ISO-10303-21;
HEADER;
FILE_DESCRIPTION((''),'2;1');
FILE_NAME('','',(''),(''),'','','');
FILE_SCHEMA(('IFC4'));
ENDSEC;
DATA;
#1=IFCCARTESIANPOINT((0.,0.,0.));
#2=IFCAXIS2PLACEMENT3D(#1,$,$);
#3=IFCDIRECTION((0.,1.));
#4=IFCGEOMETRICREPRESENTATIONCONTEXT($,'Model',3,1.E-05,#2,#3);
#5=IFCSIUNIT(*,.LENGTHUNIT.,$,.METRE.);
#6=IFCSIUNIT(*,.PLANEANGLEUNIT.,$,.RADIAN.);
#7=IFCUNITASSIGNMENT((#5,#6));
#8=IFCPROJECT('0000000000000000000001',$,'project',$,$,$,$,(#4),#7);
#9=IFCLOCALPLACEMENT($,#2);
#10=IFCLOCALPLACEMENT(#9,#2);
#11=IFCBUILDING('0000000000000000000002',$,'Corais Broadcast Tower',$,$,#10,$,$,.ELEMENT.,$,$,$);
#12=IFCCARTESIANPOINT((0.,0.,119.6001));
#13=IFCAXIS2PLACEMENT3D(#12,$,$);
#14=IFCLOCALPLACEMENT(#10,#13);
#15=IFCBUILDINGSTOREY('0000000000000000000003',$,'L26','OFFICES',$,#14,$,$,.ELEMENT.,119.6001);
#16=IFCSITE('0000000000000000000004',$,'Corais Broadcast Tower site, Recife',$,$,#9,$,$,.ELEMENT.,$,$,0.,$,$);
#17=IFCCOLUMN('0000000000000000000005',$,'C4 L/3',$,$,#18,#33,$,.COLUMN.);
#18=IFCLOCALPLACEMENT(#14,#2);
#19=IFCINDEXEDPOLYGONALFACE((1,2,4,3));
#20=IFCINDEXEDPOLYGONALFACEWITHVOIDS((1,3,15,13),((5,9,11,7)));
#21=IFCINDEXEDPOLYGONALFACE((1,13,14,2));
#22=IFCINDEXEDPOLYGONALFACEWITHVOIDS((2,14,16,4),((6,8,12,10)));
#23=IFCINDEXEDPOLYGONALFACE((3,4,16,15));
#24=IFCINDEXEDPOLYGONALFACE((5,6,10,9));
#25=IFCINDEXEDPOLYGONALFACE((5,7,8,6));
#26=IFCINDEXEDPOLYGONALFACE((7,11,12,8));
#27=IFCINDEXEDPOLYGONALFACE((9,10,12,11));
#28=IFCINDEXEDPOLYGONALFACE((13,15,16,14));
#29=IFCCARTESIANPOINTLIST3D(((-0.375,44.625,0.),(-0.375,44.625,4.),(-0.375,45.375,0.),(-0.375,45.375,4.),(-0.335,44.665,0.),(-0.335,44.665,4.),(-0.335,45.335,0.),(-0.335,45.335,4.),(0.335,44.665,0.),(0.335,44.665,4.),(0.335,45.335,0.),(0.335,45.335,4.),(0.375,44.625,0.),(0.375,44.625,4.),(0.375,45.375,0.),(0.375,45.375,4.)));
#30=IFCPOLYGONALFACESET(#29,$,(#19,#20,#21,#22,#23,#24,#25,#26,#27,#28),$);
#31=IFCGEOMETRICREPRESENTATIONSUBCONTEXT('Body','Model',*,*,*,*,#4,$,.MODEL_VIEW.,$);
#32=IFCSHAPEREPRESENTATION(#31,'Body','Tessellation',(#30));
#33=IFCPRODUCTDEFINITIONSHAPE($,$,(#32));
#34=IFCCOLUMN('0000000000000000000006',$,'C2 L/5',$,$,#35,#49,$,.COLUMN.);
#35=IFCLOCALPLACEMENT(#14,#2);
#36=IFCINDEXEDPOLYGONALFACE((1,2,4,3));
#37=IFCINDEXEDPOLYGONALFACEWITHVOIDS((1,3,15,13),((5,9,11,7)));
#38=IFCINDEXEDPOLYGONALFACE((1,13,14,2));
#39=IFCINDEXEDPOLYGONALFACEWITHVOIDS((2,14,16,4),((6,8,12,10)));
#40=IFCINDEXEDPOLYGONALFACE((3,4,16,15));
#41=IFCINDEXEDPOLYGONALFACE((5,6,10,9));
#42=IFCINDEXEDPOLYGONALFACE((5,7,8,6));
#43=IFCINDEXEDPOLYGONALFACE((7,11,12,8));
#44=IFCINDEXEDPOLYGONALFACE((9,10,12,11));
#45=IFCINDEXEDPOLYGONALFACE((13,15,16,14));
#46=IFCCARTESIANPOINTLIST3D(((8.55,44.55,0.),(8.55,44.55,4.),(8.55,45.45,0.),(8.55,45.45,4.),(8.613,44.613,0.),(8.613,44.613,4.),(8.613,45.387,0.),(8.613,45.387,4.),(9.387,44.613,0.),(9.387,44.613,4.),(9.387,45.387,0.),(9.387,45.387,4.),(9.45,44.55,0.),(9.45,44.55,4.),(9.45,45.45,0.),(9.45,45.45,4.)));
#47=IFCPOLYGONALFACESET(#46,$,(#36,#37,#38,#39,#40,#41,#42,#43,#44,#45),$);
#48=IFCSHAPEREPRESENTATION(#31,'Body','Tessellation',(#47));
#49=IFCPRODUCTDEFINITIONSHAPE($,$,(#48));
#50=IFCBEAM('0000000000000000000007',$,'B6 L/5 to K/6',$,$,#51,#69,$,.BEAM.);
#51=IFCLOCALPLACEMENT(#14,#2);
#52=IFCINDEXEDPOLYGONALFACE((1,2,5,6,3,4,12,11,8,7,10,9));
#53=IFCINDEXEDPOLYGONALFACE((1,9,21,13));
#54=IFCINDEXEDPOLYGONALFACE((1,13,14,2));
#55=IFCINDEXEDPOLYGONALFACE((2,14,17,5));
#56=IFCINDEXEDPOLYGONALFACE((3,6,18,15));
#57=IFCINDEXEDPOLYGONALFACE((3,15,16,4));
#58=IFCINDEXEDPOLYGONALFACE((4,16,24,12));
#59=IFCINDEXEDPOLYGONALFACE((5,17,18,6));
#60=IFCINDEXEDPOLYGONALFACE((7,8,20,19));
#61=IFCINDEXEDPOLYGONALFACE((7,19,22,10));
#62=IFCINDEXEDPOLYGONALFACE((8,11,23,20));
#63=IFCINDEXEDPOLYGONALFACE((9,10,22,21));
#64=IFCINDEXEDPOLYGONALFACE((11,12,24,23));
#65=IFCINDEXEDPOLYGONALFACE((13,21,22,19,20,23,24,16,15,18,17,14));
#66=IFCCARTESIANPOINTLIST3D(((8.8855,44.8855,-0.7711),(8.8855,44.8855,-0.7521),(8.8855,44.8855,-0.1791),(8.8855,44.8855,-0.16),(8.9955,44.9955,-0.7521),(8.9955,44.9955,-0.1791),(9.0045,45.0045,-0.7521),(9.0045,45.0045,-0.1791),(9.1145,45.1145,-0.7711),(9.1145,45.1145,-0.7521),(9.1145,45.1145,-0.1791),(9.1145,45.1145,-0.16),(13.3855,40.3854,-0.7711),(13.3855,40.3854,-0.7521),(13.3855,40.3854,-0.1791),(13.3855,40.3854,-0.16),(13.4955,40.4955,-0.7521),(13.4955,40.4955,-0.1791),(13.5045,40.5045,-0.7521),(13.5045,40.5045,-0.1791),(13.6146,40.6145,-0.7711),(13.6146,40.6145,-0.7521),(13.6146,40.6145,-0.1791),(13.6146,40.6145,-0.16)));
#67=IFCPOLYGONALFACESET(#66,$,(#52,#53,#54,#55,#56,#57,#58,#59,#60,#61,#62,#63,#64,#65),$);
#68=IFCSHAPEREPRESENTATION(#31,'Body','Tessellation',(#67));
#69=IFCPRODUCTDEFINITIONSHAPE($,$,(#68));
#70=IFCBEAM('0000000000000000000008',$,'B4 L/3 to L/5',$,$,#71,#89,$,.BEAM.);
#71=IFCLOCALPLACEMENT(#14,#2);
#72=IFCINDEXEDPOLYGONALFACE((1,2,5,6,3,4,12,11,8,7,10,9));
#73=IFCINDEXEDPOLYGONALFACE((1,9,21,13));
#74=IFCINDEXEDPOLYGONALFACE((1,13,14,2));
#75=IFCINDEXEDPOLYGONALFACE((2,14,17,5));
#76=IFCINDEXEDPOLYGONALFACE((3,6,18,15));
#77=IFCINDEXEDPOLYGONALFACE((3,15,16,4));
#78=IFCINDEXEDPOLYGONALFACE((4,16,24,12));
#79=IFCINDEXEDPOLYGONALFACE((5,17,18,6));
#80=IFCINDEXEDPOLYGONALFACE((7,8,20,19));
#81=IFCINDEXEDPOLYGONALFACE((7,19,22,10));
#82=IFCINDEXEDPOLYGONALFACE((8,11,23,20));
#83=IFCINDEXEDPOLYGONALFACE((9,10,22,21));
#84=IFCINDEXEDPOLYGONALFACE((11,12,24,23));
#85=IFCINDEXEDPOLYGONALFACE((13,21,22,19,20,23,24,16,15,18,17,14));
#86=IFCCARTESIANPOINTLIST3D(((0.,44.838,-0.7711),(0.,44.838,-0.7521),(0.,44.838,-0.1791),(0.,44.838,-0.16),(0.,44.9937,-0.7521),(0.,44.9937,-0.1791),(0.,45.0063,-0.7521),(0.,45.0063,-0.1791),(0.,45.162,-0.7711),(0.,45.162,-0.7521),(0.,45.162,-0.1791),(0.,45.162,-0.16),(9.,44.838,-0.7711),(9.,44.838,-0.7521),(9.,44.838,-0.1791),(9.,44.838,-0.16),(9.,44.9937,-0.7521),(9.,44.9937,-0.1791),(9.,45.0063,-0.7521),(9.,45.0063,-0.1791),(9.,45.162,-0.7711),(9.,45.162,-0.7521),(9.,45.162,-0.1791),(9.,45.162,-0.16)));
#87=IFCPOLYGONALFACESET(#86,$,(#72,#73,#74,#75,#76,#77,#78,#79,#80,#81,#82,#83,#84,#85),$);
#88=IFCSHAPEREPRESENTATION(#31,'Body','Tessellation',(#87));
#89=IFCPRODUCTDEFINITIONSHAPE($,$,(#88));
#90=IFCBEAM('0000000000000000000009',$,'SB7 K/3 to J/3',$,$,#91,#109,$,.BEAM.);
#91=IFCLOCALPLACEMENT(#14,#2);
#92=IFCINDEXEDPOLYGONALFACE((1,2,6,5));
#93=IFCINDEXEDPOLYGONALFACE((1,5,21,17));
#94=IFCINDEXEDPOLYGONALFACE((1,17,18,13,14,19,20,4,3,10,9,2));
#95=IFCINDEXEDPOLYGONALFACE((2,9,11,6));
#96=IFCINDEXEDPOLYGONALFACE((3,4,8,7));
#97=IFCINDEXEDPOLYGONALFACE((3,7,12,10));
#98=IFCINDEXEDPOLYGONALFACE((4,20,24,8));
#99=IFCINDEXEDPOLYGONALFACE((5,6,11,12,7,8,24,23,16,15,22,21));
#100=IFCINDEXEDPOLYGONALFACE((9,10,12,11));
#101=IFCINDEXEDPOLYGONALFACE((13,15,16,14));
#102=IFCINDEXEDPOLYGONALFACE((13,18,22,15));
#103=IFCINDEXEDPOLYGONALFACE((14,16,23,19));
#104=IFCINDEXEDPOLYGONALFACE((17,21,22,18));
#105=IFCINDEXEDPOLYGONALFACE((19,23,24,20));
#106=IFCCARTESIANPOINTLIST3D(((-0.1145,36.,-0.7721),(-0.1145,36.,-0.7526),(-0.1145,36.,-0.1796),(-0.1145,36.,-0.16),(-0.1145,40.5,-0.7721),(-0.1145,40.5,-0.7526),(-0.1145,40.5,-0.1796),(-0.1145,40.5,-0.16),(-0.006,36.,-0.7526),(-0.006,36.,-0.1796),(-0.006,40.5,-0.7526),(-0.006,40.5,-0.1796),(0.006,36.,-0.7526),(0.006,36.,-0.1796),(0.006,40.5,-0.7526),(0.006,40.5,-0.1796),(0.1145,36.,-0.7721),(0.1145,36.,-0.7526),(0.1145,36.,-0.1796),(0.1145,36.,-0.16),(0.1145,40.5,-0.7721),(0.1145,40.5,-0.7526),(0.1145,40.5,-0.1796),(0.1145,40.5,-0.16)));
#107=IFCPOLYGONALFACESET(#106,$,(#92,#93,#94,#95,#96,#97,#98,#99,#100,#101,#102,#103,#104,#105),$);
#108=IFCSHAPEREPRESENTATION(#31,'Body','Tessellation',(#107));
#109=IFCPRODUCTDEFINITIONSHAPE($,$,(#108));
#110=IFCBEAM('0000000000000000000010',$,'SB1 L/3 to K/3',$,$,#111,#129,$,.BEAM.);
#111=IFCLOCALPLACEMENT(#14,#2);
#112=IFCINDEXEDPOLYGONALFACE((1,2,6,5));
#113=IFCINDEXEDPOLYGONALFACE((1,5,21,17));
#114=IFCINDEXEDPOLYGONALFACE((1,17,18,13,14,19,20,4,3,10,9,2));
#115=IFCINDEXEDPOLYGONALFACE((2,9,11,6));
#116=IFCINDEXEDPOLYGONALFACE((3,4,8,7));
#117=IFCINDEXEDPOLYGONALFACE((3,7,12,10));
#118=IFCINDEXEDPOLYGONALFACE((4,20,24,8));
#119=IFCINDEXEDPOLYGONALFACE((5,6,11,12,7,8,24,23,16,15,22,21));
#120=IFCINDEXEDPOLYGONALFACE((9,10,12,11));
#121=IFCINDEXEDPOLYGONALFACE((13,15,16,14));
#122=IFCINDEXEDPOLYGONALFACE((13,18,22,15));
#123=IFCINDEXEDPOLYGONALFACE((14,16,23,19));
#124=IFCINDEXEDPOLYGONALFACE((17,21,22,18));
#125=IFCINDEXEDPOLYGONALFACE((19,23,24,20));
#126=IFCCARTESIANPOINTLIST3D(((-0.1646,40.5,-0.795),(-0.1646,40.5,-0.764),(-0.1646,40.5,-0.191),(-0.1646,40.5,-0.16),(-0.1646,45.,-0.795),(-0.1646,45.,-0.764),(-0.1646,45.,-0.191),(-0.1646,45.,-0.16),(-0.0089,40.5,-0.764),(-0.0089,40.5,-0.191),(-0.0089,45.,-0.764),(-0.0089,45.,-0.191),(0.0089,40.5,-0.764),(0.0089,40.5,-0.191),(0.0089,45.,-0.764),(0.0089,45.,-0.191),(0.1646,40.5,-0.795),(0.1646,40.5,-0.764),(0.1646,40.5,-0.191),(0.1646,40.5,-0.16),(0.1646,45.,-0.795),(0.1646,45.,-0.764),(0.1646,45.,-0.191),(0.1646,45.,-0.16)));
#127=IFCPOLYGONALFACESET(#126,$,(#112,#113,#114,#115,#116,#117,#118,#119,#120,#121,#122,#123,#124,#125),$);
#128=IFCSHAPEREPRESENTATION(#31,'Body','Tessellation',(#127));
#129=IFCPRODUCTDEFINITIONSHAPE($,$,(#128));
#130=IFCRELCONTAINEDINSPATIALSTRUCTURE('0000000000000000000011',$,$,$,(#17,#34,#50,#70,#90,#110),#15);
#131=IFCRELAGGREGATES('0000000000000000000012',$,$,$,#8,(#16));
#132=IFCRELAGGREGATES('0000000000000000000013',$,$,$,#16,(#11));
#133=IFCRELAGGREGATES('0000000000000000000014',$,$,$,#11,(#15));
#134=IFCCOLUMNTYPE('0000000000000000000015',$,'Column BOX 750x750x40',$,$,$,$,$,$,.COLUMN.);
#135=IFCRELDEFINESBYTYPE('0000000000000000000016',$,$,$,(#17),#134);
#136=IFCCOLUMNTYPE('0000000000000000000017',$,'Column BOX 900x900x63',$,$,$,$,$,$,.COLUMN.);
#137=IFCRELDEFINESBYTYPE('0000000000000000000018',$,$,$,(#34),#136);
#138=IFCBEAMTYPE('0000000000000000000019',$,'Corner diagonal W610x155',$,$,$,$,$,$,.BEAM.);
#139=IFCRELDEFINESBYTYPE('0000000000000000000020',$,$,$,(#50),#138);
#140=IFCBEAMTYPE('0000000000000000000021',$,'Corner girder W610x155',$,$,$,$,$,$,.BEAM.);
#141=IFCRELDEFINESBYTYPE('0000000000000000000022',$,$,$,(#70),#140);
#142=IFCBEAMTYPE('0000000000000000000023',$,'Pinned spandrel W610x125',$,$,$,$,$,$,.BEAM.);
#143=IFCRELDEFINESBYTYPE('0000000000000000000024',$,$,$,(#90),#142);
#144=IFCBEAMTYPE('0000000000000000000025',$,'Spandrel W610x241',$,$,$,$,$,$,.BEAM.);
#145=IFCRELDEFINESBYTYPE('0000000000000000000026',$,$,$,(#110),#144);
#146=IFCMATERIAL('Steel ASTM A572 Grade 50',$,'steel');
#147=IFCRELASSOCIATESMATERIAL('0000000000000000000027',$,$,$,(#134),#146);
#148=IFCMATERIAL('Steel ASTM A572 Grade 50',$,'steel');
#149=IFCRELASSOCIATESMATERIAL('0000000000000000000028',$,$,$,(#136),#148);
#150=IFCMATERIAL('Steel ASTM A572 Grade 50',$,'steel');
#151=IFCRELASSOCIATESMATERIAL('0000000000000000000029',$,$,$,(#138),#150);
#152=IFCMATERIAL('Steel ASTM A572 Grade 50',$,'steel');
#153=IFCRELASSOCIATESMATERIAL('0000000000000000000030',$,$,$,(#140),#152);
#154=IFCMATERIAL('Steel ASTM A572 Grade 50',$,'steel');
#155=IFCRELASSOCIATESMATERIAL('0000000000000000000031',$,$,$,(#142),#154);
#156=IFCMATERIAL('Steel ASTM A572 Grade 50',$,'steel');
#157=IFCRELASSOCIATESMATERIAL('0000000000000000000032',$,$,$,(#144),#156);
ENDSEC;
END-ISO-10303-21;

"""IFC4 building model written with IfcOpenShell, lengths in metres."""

from ifc_helpers import new_model, si_unit, direction, frame, origin, origin_2d, place, context, subcontext, project, spatial, hollow_rectangle, i_section, extrude, material, material_profile, profile_set, type_object, element, save


model = new_model("IFC4")

# Units and contexts
model_context = context("Model", 3, precision=1e-05, world=origin(), true_north=direction((0.0, 1.0)))
body_context = subcontext(model_context, "Body", "Model", "MODEL_VIEW")
ifc_project = project(units=[si_unit("LENGTHUNIT", "METRE"), si_unit("PLANEANGLEUNIT", "RADIAN")], contexts=[model_context])

# Site, building, storey
site_placement = place(None, origin())
site = spatial("IfcSite", under=ifc_project, at=site_placement, Name="Corais Broadcast Tower site, Recife", CompositionType="ELEMENT", RefElevation=0.0)
building_placement = place(site_placement, origin())
building = spatial("IfcBuilding", under=site, at=building_placement, Name="Corais Broadcast Tower", CompositionType="ELEMENT")
storey_placement = place(building_placement, frame((0.0, 0.0, 119.6001)))
storey = spatial("IfcBuildingStorey", under=building, at=storey_placement, Name="L26", Description="OFFICES", CompositionType="ELEMENT", Elevation=119.6001)

# Columns
ifc_material_1 = material(Name="Steel ASTM A572 Grade 50", Category="steel")
ifc_material_profile_1 = material_profile(ifc_material_1, hollow_rectangle(XDim=0.75, YDim=0.75, WallThickness=0.04, at=origin_2d()), Name="BOX 750x750x40")
ifc_profile_set_1 = profile_set([ifc_material_profile_1], Name="Steel ASTM A572 Grade 50")
column_type_1 = type_object("IfcColumnType", Name="Column BOX 750x750x40", PredefinedType="COLUMN", material=ifc_profile_set_1)
column_1_placement = place(storey_placement, frame((0.0, 45.0, 0.0), z_axis=(0.0, 0.0, 1.0), x_axis=(1.0, 0.0, 0.0)))
element("IfcColumn", 1, at=column_1_placement, inside=storey, type_object=column_type_1, Name="C4 L/3", PredefinedType="COLUMN", context=body_context, shape_type="SweptSolid", body=[
    extrude(hollow_rectangle(XDim=0.75, YDim=0.75, WallThickness=0.04, at=origin_2d()), origin(), (0.0, 0.0, 1.0), 4.0),
])
ifc_material_2 = material(Name="Steel ASTM A572 Grade 50", Category="steel")
ifc_material_profile_2 = material_profile(ifc_material_2, hollow_rectangle(XDim=0.8999, YDim=0.8999, WallThickness=0.063, at=origin_2d()), Name="BOX 900x900x63")
ifc_profile_set_2 = profile_set([ifc_material_profile_2], Name="Steel ASTM A572 Grade 50")
column_type_2 = type_object("IfcColumnType", Name="Column BOX 900x900x63", PredefinedType="COLUMN", material=ifc_profile_set_2)
column_2_placement = place(storey_placement, frame((9.0, 45.0, 0.0), z_axis=(0.0, 0.0, 1.0), x_axis=(1.0, 0.0, 0.0)))
element("IfcColumn", 2, at=column_2_placement, inside=storey, type_object=column_type_2, Name="C2 L/5", PredefinedType="COLUMN", context=body_context, shape_type="SweptSolid", body=[
    extrude(hollow_rectangle(XDim=0.8999, YDim=0.8999, WallThickness=0.063, at=origin_2d()), origin(), (0.0, 0.0, 1.0), 4.0),
])

# Beams
ifc_material_3 = material(Name="Steel ASTM A572 Grade 50", Category="steel")
ifc_material_profile_3 = material_profile(ifc_material_3, i_section(OverallWidth=0.324, OverallDepth=0.6111, WebThickness=0.0127, FlangeThickness=0.019, at=origin_2d()), Name="W610x155")
ifc_profile_set_3 = profile_set([ifc_material_profile_3], Name="Steel ASTM A572 Grade 50")
beam_type_1 = type_object("IfcBeamType", Name="Corner diagonal W610x155", PredefinedType="BEAM", material=ifc_profile_set_3)
beam_1_placement = place(storey_placement, frame((9.0, 45.0, -0.4656), z_axis=(0.707107, -0.707107, 0.0), x_axis=(0.707107, 0.707107, 0.0)))
element("IfcBeam", 3, at=beam_1_placement, inside=storey, type_object=beam_type_1, Name="B6 L/5 to K/6", PredefinedType="BEAM", context=body_context, shape_type="SweptSolid", body=[
    extrude(i_section(OverallWidth=0.324, OverallDepth=0.6111, WebThickness=0.0127, FlangeThickness=0.019, at=origin_2d()), origin(), (0.0, 0.0, 1.0), 6.364),
])
ifc_material_4 = material(Name="Steel ASTM A572 Grade 50", Category="steel")
ifc_material_profile_4 = material_profile(ifc_material_4, i_section(OverallWidth=0.324, OverallDepth=0.6111, WebThickness=0.0127, FlangeThickness=0.019, at=origin_2d()), Name="W610x155")
ifc_profile_set_4 = profile_set([ifc_material_profile_4], Name="Steel ASTM A572 Grade 50")
beam_type_2 = type_object("IfcBeamType", Name="Corner girder W610x155", PredefinedType="BEAM", material=ifc_profile_set_4)
beam_2_placement = place(storey_placement, frame((0.0, 45.0, -0.4656), z_axis=(1.0, 0.0, 0.0), x_axis=(0.0, 1.0, 0.0)))
element("IfcBeam", 4, at=beam_2_placement, inside=storey, type_object=beam_type_2, Name="B4 L/3 to L/5", PredefinedType="BEAM", context=body_context, shape_type="SweptSolid", body=[
    extrude(i_section(OverallWidth=0.324, OverallDepth=0.6111, WebThickness=0.0127, FlangeThickness=0.019, at=origin_2d()), origin(), (0.0, 0.0, 1.0), 9.0),
])
ifc_material_5 = material(Name="Steel ASTM A572 Grade 50", Category="steel")
ifc_material_profile_5 = material_profile(ifc_material_5, i_section(OverallWidth=0.229, OverallDepth=0.6121, WebThickness=0.012, FlangeThickness=0.0195, at=origin_2d()), Name="W610x125")
ifc_profile_set_5 = profile_set([ifc_material_profile_5], Name="Steel ASTM A572 Grade 50")
beam_type_3 = type_object("IfcBeamType", Name="Pinned spandrel W610x125", PredefinedType="BEAM", material=ifc_profile_set_5)
beam_3_placement = place(storey_placement, frame((0.0, 40.5, -0.4661), z_axis=(0.0, -1.0, 0.0), x_axis=(1.0, 0.0, 0.0)))
element("IfcBeam", 5, at=beam_3_placement, inside=storey, type_object=beam_type_3, Name="SB7 K/3 to J/3", PredefinedType="BEAM", context=body_context, shape_type="SweptSolid", body=[
    extrude(i_section(OverallWidth=0.229, OverallDepth=0.6121, WebThickness=0.012, FlangeThickness=0.0195, at=origin_2d()), origin(), (0.0, 0.0, 1.0), 4.5),
])
ifc_material_6 = material(Name="Steel ASTM A572 Grade 50", Category="steel")
ifc_material_profile_6 = material_profile(ifc_material_6, i_section(OverallWidth=0.3291, OverallDepth=0.635, WebThickness=0.0178, FlangeThickness=0.031, at=origin_2d()), Name="W610x241")
ifc_profile_set_6 = profile_set([ifc_material_profile_6], Name="Steel ASTM A572 Grade 50")
beam_type_4 = type_object("IfcBeamType", Name="Spandrel W610x241", PredefinedType="BEAM", material=ifc_profile_set_6)
beam_4_placement = place(storey_placement, frame((0.0, 45.0, -0.4775), z_axis=(0.0, -1.0, 0.0), x_axis=(1.0, 0.0, 0.0)))
element("IfcBeam", 6, at=beam_4_placement, inside=storey, type_object=beam_type_4, Name="SB1 L/3 to K/3", PredefinedType="BEAM", context=body_context, shape_type="SweptSolid", body=[
    extrude(i_section(OverallWidth=0.3291, OverallDepth=0.635, WebThickness=0.0178, FlangeThickness=0.031, at=origin_2d()), origin(), (0.0, 0.0, 1.0), 4.5),
])

save(model, "model.ifc")
